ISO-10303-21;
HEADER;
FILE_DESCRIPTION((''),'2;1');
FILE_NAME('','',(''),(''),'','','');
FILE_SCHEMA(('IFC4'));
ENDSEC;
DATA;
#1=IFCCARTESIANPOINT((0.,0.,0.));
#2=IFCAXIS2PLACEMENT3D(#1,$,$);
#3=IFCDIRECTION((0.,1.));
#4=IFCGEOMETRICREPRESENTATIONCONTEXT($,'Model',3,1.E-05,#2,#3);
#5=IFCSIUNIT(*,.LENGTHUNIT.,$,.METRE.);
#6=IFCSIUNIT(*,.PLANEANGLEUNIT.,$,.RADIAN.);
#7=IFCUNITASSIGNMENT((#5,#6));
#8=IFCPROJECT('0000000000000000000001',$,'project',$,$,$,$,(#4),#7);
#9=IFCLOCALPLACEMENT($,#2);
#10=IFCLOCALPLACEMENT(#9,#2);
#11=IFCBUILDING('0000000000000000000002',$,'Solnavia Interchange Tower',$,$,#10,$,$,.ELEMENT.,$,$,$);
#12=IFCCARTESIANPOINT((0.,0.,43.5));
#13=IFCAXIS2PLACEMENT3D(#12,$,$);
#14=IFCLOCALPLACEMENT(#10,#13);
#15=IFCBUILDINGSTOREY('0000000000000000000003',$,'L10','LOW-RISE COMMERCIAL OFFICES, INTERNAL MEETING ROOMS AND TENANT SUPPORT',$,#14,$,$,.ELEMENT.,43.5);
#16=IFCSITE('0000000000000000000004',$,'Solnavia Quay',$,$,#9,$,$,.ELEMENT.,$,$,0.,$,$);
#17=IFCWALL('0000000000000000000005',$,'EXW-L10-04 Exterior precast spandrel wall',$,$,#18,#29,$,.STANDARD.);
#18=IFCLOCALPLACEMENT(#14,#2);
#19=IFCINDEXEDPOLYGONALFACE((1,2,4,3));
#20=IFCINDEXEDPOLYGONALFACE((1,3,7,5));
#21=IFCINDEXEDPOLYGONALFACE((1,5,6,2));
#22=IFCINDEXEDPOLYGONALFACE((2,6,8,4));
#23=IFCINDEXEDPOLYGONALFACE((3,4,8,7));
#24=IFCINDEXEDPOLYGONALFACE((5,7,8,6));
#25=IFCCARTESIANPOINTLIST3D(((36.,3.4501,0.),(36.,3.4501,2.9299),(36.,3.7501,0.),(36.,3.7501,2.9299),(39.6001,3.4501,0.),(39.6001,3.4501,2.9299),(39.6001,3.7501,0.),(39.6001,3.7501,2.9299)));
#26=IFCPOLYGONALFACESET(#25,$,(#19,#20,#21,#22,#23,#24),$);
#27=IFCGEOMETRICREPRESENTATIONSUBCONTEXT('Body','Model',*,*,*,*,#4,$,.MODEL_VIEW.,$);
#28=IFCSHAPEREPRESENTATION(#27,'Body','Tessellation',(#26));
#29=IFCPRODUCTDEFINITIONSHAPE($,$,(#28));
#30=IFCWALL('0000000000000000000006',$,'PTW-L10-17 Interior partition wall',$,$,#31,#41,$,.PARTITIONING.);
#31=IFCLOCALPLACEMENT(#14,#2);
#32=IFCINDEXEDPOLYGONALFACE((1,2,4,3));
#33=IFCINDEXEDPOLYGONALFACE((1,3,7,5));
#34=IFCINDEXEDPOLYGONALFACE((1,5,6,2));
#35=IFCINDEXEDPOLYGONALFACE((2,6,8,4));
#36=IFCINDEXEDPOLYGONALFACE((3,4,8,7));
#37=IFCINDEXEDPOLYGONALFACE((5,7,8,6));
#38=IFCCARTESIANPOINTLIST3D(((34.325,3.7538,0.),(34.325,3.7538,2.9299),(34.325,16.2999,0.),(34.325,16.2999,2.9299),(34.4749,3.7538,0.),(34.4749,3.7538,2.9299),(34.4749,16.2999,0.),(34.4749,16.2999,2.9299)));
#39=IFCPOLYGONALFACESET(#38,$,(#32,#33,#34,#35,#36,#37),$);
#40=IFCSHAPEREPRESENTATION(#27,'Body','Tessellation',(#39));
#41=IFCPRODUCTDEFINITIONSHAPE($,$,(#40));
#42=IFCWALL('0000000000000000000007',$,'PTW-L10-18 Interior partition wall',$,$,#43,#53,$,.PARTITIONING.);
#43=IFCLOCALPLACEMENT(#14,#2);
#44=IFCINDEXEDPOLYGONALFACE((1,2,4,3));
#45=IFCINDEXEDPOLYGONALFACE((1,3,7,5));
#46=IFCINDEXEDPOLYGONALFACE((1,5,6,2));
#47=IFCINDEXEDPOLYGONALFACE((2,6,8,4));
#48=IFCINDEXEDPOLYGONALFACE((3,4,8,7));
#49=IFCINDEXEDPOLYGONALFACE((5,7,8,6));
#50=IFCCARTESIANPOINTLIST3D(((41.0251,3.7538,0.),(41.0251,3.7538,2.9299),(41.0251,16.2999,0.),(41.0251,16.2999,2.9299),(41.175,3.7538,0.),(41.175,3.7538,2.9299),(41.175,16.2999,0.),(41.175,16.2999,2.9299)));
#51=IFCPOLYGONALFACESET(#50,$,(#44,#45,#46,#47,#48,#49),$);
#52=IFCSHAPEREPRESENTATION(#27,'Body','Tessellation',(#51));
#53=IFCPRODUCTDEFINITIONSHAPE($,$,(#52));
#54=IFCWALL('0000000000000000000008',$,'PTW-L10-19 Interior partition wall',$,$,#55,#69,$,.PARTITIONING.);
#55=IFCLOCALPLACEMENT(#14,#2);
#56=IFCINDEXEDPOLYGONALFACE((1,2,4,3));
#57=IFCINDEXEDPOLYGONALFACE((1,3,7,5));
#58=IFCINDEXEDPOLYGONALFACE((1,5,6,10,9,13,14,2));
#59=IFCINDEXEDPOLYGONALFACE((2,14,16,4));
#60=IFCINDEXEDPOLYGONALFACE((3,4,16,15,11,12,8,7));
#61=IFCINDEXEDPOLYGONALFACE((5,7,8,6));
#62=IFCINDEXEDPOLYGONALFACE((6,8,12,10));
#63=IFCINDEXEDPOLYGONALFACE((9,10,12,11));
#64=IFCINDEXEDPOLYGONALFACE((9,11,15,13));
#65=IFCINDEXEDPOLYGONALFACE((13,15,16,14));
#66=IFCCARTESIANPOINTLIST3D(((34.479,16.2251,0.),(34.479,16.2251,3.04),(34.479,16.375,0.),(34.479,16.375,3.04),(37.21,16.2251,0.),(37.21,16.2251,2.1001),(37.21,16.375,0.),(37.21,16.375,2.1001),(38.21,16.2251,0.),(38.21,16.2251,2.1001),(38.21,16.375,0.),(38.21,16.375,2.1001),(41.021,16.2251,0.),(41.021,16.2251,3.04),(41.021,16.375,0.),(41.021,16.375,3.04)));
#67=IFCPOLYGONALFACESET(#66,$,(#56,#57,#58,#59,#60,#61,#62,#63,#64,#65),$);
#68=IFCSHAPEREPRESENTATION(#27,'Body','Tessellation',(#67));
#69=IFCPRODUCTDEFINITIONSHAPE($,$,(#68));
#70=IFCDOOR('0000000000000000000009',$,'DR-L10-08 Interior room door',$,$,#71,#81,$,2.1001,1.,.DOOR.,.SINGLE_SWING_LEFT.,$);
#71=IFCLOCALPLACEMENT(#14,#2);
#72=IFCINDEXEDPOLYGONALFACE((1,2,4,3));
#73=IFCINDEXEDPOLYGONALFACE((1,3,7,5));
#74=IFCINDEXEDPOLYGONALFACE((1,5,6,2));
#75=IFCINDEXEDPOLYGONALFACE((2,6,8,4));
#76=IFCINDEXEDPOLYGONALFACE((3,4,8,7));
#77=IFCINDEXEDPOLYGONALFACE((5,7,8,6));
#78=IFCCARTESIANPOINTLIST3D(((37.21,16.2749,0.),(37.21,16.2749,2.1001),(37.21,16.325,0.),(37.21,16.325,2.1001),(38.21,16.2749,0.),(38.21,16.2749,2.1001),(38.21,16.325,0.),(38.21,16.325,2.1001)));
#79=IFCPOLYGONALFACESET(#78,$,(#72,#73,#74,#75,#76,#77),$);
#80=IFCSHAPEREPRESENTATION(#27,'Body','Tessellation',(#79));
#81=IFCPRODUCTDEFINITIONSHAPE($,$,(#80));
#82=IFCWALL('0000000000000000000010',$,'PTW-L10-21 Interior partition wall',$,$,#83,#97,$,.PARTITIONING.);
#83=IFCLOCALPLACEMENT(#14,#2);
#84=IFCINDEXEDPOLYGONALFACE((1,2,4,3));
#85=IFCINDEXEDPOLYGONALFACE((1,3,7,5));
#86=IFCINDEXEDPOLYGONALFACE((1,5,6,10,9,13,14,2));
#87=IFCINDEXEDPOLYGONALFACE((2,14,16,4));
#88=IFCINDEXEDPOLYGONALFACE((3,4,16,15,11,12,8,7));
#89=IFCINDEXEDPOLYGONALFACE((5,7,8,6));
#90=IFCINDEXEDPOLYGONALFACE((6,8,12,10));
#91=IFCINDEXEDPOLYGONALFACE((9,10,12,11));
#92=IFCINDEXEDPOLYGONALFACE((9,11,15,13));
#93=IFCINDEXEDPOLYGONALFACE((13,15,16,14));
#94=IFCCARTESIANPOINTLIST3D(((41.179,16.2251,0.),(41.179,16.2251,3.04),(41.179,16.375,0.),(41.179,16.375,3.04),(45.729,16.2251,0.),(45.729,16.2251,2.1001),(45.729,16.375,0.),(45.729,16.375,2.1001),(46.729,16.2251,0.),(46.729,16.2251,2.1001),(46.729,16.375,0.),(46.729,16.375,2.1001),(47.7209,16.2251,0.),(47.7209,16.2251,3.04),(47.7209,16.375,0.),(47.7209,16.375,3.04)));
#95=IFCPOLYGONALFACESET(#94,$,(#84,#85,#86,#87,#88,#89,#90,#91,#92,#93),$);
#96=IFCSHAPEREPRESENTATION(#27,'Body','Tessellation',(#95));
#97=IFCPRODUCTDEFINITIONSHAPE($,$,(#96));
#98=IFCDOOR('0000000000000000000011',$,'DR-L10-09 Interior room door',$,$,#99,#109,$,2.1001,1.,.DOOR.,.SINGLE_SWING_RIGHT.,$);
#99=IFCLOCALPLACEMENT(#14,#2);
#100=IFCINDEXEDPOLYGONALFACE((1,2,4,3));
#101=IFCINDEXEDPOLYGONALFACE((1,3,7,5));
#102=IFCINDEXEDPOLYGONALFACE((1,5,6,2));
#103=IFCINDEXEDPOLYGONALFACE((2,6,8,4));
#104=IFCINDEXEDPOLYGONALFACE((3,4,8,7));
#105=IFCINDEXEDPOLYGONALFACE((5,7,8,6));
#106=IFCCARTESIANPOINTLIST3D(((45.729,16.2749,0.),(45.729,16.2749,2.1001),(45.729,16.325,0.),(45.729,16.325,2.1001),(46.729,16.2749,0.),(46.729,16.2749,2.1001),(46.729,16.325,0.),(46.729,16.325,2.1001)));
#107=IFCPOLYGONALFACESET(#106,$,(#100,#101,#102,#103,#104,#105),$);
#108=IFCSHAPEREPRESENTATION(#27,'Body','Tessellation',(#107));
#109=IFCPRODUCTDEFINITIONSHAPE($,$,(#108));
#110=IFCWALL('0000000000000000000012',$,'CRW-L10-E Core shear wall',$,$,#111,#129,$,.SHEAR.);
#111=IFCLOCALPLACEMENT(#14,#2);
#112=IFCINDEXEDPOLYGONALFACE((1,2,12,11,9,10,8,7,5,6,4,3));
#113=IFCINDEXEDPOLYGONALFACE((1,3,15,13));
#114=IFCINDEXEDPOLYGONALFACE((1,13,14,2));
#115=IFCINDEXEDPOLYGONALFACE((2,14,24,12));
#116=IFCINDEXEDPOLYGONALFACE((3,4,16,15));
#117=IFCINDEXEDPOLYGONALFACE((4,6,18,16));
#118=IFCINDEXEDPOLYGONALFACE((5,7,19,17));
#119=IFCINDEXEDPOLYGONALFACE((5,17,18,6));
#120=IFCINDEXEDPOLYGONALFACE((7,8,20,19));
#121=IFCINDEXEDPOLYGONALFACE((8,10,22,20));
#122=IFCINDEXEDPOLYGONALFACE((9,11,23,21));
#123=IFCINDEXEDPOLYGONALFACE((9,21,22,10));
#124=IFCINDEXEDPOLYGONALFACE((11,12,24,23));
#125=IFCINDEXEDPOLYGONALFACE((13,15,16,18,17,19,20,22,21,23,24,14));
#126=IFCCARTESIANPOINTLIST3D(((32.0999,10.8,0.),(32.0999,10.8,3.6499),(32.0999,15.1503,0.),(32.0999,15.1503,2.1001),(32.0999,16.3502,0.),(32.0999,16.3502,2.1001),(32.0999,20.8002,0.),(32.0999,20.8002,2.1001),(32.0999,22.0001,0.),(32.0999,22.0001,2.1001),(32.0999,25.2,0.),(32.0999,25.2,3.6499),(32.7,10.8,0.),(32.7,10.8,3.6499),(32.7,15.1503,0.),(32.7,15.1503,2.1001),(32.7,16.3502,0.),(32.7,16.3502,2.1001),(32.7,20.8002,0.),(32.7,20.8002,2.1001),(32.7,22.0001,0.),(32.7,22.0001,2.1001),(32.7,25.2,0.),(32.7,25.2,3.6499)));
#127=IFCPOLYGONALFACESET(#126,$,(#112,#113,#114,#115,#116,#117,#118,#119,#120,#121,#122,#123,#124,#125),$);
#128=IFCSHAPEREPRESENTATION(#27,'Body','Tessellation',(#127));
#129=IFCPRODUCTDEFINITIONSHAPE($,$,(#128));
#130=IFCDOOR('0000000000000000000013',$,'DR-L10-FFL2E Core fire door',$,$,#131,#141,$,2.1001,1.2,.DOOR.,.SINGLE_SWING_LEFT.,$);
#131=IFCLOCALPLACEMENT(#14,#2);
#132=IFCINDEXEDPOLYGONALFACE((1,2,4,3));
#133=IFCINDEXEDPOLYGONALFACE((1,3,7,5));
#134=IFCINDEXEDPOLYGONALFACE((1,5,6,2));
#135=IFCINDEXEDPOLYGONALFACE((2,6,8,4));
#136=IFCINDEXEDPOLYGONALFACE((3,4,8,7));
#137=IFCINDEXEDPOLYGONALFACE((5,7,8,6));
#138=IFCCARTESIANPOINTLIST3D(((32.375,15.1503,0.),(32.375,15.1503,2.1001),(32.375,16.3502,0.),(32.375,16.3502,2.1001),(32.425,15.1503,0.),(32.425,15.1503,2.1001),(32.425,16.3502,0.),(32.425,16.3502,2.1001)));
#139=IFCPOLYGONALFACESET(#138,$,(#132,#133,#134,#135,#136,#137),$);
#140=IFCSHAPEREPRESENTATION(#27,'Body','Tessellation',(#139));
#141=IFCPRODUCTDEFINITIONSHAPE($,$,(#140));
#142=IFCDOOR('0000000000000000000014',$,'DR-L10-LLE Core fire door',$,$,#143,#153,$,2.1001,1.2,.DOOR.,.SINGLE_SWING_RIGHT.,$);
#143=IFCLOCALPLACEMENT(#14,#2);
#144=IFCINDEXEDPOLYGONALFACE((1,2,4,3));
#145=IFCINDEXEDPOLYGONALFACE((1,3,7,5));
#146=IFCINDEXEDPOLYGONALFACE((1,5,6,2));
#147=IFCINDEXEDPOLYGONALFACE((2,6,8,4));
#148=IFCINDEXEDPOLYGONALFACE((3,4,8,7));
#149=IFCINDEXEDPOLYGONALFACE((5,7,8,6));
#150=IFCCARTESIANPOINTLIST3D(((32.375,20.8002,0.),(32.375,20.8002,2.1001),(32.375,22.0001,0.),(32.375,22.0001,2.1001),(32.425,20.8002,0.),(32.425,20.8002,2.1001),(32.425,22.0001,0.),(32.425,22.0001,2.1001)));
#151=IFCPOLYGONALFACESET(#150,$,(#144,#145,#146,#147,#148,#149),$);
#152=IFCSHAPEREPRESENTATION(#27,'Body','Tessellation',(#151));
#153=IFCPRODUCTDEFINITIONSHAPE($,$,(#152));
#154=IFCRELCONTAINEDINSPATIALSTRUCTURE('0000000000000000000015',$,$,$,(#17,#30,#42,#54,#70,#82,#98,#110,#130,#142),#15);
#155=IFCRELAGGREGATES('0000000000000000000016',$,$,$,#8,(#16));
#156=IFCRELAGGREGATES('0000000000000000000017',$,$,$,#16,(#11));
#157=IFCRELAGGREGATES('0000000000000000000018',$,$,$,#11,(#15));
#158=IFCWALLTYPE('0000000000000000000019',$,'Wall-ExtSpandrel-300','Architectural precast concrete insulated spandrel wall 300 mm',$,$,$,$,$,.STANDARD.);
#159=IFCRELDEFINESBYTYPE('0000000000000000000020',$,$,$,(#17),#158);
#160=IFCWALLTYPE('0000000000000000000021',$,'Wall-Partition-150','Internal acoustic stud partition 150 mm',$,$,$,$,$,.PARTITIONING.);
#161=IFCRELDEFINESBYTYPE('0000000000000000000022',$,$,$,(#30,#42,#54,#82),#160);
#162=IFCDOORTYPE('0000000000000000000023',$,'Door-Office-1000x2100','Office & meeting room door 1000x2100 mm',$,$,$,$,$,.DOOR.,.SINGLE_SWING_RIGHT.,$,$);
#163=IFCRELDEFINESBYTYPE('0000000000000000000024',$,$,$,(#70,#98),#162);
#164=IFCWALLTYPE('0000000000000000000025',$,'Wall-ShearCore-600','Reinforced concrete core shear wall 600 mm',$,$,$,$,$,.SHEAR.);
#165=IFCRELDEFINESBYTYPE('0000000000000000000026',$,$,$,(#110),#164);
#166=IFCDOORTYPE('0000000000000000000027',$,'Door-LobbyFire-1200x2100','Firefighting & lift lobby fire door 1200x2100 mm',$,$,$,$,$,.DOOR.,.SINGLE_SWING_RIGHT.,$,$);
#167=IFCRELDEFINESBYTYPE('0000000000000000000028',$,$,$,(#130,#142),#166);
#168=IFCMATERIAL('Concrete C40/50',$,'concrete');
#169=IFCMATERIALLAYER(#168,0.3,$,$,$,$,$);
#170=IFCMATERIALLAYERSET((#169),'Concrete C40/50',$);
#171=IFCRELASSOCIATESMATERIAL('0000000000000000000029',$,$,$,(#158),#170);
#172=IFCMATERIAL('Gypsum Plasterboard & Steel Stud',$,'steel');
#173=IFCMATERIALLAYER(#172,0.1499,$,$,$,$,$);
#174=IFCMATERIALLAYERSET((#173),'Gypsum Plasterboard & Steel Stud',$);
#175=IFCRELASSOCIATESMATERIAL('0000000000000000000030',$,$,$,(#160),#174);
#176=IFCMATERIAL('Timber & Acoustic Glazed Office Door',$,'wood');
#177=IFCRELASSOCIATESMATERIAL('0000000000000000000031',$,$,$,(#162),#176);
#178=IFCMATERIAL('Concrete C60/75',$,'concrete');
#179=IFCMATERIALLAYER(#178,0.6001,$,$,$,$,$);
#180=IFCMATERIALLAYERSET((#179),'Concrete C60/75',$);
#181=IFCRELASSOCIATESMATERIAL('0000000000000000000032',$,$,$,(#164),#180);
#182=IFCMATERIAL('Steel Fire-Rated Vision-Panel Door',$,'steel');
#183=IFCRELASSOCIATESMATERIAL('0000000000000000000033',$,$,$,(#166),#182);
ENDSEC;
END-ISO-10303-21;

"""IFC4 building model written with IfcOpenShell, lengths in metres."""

from ifc_helpers import new_model, si_unit, direction, frame, frame_2d, origin, place, context, subcontext, project, spatial, rectangle, extrude, material, layer, layer_set, type_object, element, fill, save


model = new_model("IFC4")

# Units and contexts
model_context = context("Model", 3, precision=1e-05, world=origin(), true_north=direction((0.0, 1.0)))
body_context = subcontext(model_context, "Body", "Model", "MODEL_VIEW")
ifc_project = project(units=[si_unit("LENGTHUNIT", "METRE"), si_unit("PLANEANGLEUNIT", "RADIAN")], contexts=[model_context])

# Site, building, storey
site_placement = place(None, origin())
site = spatial("IfcSite", under=ifc_project, at=site_placement, Name="Solnavia Quay", CompositionType="ELEMENT", RefElevation=0.0)
building_placement = place(site_placement, origin())
building = spatial("IfcBuilding", under=site, at=building_placement, Name="Solnavia Interchange Tower", CompositionType="ELEMENT")
storey_placement = place(building_placement, frame((0.0, 0.0, 43.5)))
storey = spatial("IfcBuildingStorey", under=building, at=storey_placement, Name="L10", Description="LOW-RISE COMMERCIAL OFFICES, INTERNAL MEETING ROOMS AND TENANT SUPPORT", CompositionType="ELEMENT", Elevation=43.5)

# Shared definitions
ifc_material_1 = material(Name="Concrete C60/75", Category="concrete")

# Walls
ifc_material_2 = material(Name="Concrete C40/50", Category="concrete")
ifc_layer_1 = layer(ifc_material_2, 0.3)
ifc_layer_set_1 = layer_set([ifc_layer_1], Name="Concrete C40/50")
wall_type_1 = type_object("IfcWallType", Name="Wall-ExtSpandrel-300", Description="Architectural precast concrete insulated spandrel wall 300 mm", PredefinedType="STANDARD", material=ifc_layer_set_1)
for number, where, z_axis, x_axis, name in (
    (1, (39.6001, 3.6001, 0.0), (0.0, 0.0, 1.0), (-1.0, 0.0, 0.0), "EXW-L10-04 Exterior precast spandrel wall"),
):
    element("IfcWall", number, at=place(storey_placement, frame(where, z_axis=z_axis, x_axis=x_axis)), inside=storey, type_object=wall_type_1, Name=name, PredefinedType="STANDARD", context=body_context, shape_type="SweptSolid", body=[
        extrude(rectangle(XDim=3.6001, YDim=0.3, at=frame_2d((1.8, 0.0))), origin(), (0.0, 0.0, 1.0), 2.9299),
    ])
ifc_material_3 = material(Name="Gypsum Plasterboard & Steel Stud", Category="steel")
ifc_layer_2 = layer(ifc_material_3, 0.1499)
ifc_layer_set_2 = layer_set([ifc_layer_2], Name="Gypsum Plasterboard & Steel Stud")
wall_type_2 = type_object("IfcWallType", Name="Wall-Partition-150", Description="Internal acoustic stud partition 150 mm", PredefinedType="PARTITIONING", material=ifc_layer_set_2)
for number, where, z_axis, x_axis, name in (
    (2, (34.3999, 3.7539, 0.0), (0.0, 0.0, 1.0), (0.0, 1.0, 0.0), "PTW-L10-17 Interior partition wall"),
    (3, (41.1001, 3.7539, 0.0), (0.0, 0.0, 1.0), (0.0, 1.0, 0.0), "PTW-L10-18 Interior partition wall"),
):
    element("IfcWall", number, at=place(storey_placement, frame(where, z_axis=z_axis, x_axis=x_axis)), inside=storey, type_object=wall_type_2, Name=name, PredefinedType="PARTITIONING", context=body_context, shape_type="SweptSolid", body=[
        extrude(rectangle(XDim=12.5461, YDim=0.1499, at=frame_2d((6.2729, 0.0))), origin(), (0.0, 0.0, 1.0), 2.9299),
    ])

# Walls, openings, doors
wall_1_placement = place(storey_placement, frame((34.479, 16.3, 0.0), z_axis=(0.0, 0.0, 1.0), x_axis=(1.0, 0.0, 0.0)))
wall_1 = element("IfcWall", 4, at=wall_1_placement, inside=storey, type_object=wall_type_2, Name="PTW-L10-19 Interior partition wall", PredefinedType="PARTITIONING", context=body_context, shape_type="SweptSolid", body=[
    extrude(rectangle(XDim=6.542, YDim=0.1499, at=frame_2d((3.271, 0.0))), origin(), (0.0, 0.0, 1.0), 3.04),
])
opening_1_placement = place(wall_1_placement, frame((2.731, 0.0, 0.0)))
opening_1 = element("IfcOpeningElement", 5, at=opening_1_placement, cuts=wall_1, PredefinedType="OPENING", context=body_context, shape_type="SweptSolid", body=[
    extrude(rectangle(XDim=1.0, YDim=2.1001, at=frame_2d((0.5, 1.05))), frame((0.0, 0.085, 0.0), z_axis=(0.0, -1.0, 0.0), x_axis=(1.0, 0.0, 0.0)), (0.0, 0.0, 1.0), 0.1699),
])
ifc_material_4 = material(Name="Timber & Acoustic Glazed Office Door", Category="wood")
door_type_1 = type_object("IfcDoorType", Name="Door-Office-1000x2100", Description="Office & meeting room door 1000x2100 mm", OperationType="SINGLE_SWING_RIGHT", PredefinedType="DOOR", material=ifc_material_4)
door_1_placement = place(opening_1_placement, origin())
door_1 = element("IfcDoor", 6, at=door_1_placement, inside=storey, type_object=door_type_1, Name="DR-L10-08 Interior room door", OperationType="SINGLE_SWING_LEFT", OverallHeight=2.1001, OverallWidth=1.0, PredefinedType="DOOR", context=body_context, shape_type="SweptSolid", body=[
    extrude(rectangle(XDim=1.0, YDim=2.1001, at=frame_2d((0.5, 1.05))), frame((0.0, 0.0249, 0.0), z_axis=(0.0, -1.0, 0.0), x_axis=(1.0, 0.0, 0.0)), (0.0, 0.0, 1.0), 0.05),
])
fill(opening_1, door_1)
wall_2_placement = place(storey_placement, frame((41.179, 16.3, 0.0), z_axis=(0.0, 0.0, 1.0), x_axis=(1.0, 0.0, 0.0)))
wall_2 = element("IfcWall", 7, at=wall_2_placement, inside=storey, type_object=wall_type_2, Name="PTW-L10-21 Interior partition wall", PredefinedType="PARTITIONING", context=body_context, shape_type="SweptSolid", body=[
    extrude(rectangle(XDim=6.542, YDim=0.1499, at=frame_2d((3.271, 0.0))), origin(), (0.0, 0.0, 1.0), 3.04),
])
opening_2_placement = place(wall_2_placement, frame((4.55, 0.0, 0.0)))
opening_2 = element("IfcOpeningElement", 8, at=opening_2_placement, cuts=wall_2, PredefinedType="OPENING", context=body_context, shape_type="SweptSolid", body=[
    extrude(rectangle(XDim=1.0, YDim=2.1001, at=frame_2d((0.5, 1.05))), frame((0.0, 0.085, 0.0), z_axis=(0.0, -1.0, 0.0), x_axis=(1.0, 0.0, 0.0)), (0.0, 0.0, 1.0), 0.1699),
])
door_2_placement = place(opening_2_placement, origin())
door_2 = element("IfcDoor", 9, at=door_2_placement, inside=storey, type_object=door_type_1, Name="DR-L10-09 Interior room door", OperationType="SINGLE_SWING_RIGHT", OverallHeight=2.1001, OverallWidth=1.0, PredefinedType="DOOR", context=body_context, shape_type="SweptSolid", body=[
    extrude(rectangle(XDim=1.0, YDim=2.1001, at=frame_2d((0.5, 1.05))), frame((0.0, 0.0249, 0.0), z_axis=(0.0, -1.0, 0.0), x_axis=(1.0, 0.0, 0.0)), (0.0, 0.0, 1.0), 0.05),
])
fill(opening_2, door_2)

# Wall, openings, doors
ifc_layer_3 = layer(ifc_material_1, 0.6001)
ifc_layer_set_3 = layer_set([ifc_layer_3], Name="Concrete C60/75")
wall_type_3 = type_object("IfcWallType", Name="Wall-ShearCore-600", Description="Reinforced concrete core shear wall 600 mm", PredefinedType="SHEAR", material=ifc_layer_set_3)
wall_3_placement = place(storey_placement, frame((32.3999, 10.8, 0.0), z_axis=(0.0, 0.0, 1.0), x_axis=(0.0, 1.0, 0.0)))
wall_3 = element("IfcWall", 10, at=wall_3_placement, inside=storey, type_object=wall_type_3, Name="CRW-L10-E Core shear wall", PredefinedType="SHEAR", context=body_context, shape_type="SweptSolid", body=[
    extrude(rectangle(XDim=14.3999, YDim=0.6001, at=frame_2d((7.2, 0.0))), origin(), (0.0, 0.0, 1.0), 3.6499),
])
opening_3_placement = place(wall_3_placement, frame((4.3501, 0.0, 0.0)))
opening_3 = element("IfcOpeningElement", 11, at=opening_3_placement, cuts=wall_3, PredefinedType="OPENING", context=body_context, shape_type="SweptSolid", body=[
    extrude(rectangle(XDim=1.2, YDim=2.1001, at=frame_2d((0.6001, 1.05))), frame((0.0, 0.3101, 0.0), z_axis=(0.0, -1.0, 0.0), x_axis=(1.0, 0.0, 0.0)), (0.0, 0.0, 1.0), 0.6201),
])
opening_4_placement = place(wall_3_placement, frame((10.0, 0.0, 0.0)))
opening_4 = element("IfcOpeningElement", 12, at=opening_4_placement, cuts=wall_3, PredefinedType="OPENING", context=body_context, shape_type="SweptSolid", body=[
    extrude(rectangle(XDim=1.2, YDim=2.1001, at=frame_2d((0.6001, 1.05))), frame((0.0, 0.3101, 0.0), z_axis=(0.0, -1.0, 0.0), x_axis=(1.0, 0.0, 0.0)), (0.0, 0.0, 1.0), 0.6201),
])
ifc_material_5 = material(Name="Steel Fire-Rated Vision-Panel Door", Category="steel")
door_type_2 = type_object("IfcDoorType", Name="Door-LobbyFire-1200x2100", Description="Firefighting & lift lobby fire door 1200x2100 mm", OperationType="SINGLE_SWING_RIGHT", PredefinedType="DOOR", material=ifc_material_5)
door_3_placement = place(opening_3_placement, origin())
door_3 = element("IfcDoor", 13, at=door_3_placement, inside=storey, type_object=door_type_2, Name="DR-L10-FFL2E Core fire door", OperationType="SINGLE_SWING_LEFT", OverallHeight=2.1001, OverallWidth=1.2, PredefinedType="DOOR", context=body_context, shape_type="SweptSolid", body=[
    extrude(rectangle(XDim=1.2, YDim=2.1001, at=frame_2d((0.6001, 1.05))), frame((0.0, 0.0249, 0.0), z_axis=(0.0, -1.0, 0.0), x_axis=(1.0, 0.0, 0.0)), (0.0, 0.0, 1.0), 0.05),
])
fill(opening_3, door_3)
door_4_placement = place(opening_4_placement, origin())
door_4 = element("IfcDoor", 14, at=door_4_placement, inside=storey, type_object=door_type_2, Name="DR-L10-LLE Core fire door", OperationType="SINGLE_SWING_RIGHT", OverallHeight=2.1001, OverallWidth=1.2, PredefinedType="DOOR", context=body_context, shape_type="SweptSolid", body=[
    extrude(rectangle(XDim=1.2, YDim=2.1001, at=frame_2d((0.6001, 1.05))), frame((0.0, 0.0249, 0.0), z_axis=(0.0, -1.0, 0.0), x_axis=(1.0, 0.0, 0.0)), (0.0, 0.0, 1.0), 0.05),
])
fill(opening_4, door_4)

save(model, "model.ifc")
